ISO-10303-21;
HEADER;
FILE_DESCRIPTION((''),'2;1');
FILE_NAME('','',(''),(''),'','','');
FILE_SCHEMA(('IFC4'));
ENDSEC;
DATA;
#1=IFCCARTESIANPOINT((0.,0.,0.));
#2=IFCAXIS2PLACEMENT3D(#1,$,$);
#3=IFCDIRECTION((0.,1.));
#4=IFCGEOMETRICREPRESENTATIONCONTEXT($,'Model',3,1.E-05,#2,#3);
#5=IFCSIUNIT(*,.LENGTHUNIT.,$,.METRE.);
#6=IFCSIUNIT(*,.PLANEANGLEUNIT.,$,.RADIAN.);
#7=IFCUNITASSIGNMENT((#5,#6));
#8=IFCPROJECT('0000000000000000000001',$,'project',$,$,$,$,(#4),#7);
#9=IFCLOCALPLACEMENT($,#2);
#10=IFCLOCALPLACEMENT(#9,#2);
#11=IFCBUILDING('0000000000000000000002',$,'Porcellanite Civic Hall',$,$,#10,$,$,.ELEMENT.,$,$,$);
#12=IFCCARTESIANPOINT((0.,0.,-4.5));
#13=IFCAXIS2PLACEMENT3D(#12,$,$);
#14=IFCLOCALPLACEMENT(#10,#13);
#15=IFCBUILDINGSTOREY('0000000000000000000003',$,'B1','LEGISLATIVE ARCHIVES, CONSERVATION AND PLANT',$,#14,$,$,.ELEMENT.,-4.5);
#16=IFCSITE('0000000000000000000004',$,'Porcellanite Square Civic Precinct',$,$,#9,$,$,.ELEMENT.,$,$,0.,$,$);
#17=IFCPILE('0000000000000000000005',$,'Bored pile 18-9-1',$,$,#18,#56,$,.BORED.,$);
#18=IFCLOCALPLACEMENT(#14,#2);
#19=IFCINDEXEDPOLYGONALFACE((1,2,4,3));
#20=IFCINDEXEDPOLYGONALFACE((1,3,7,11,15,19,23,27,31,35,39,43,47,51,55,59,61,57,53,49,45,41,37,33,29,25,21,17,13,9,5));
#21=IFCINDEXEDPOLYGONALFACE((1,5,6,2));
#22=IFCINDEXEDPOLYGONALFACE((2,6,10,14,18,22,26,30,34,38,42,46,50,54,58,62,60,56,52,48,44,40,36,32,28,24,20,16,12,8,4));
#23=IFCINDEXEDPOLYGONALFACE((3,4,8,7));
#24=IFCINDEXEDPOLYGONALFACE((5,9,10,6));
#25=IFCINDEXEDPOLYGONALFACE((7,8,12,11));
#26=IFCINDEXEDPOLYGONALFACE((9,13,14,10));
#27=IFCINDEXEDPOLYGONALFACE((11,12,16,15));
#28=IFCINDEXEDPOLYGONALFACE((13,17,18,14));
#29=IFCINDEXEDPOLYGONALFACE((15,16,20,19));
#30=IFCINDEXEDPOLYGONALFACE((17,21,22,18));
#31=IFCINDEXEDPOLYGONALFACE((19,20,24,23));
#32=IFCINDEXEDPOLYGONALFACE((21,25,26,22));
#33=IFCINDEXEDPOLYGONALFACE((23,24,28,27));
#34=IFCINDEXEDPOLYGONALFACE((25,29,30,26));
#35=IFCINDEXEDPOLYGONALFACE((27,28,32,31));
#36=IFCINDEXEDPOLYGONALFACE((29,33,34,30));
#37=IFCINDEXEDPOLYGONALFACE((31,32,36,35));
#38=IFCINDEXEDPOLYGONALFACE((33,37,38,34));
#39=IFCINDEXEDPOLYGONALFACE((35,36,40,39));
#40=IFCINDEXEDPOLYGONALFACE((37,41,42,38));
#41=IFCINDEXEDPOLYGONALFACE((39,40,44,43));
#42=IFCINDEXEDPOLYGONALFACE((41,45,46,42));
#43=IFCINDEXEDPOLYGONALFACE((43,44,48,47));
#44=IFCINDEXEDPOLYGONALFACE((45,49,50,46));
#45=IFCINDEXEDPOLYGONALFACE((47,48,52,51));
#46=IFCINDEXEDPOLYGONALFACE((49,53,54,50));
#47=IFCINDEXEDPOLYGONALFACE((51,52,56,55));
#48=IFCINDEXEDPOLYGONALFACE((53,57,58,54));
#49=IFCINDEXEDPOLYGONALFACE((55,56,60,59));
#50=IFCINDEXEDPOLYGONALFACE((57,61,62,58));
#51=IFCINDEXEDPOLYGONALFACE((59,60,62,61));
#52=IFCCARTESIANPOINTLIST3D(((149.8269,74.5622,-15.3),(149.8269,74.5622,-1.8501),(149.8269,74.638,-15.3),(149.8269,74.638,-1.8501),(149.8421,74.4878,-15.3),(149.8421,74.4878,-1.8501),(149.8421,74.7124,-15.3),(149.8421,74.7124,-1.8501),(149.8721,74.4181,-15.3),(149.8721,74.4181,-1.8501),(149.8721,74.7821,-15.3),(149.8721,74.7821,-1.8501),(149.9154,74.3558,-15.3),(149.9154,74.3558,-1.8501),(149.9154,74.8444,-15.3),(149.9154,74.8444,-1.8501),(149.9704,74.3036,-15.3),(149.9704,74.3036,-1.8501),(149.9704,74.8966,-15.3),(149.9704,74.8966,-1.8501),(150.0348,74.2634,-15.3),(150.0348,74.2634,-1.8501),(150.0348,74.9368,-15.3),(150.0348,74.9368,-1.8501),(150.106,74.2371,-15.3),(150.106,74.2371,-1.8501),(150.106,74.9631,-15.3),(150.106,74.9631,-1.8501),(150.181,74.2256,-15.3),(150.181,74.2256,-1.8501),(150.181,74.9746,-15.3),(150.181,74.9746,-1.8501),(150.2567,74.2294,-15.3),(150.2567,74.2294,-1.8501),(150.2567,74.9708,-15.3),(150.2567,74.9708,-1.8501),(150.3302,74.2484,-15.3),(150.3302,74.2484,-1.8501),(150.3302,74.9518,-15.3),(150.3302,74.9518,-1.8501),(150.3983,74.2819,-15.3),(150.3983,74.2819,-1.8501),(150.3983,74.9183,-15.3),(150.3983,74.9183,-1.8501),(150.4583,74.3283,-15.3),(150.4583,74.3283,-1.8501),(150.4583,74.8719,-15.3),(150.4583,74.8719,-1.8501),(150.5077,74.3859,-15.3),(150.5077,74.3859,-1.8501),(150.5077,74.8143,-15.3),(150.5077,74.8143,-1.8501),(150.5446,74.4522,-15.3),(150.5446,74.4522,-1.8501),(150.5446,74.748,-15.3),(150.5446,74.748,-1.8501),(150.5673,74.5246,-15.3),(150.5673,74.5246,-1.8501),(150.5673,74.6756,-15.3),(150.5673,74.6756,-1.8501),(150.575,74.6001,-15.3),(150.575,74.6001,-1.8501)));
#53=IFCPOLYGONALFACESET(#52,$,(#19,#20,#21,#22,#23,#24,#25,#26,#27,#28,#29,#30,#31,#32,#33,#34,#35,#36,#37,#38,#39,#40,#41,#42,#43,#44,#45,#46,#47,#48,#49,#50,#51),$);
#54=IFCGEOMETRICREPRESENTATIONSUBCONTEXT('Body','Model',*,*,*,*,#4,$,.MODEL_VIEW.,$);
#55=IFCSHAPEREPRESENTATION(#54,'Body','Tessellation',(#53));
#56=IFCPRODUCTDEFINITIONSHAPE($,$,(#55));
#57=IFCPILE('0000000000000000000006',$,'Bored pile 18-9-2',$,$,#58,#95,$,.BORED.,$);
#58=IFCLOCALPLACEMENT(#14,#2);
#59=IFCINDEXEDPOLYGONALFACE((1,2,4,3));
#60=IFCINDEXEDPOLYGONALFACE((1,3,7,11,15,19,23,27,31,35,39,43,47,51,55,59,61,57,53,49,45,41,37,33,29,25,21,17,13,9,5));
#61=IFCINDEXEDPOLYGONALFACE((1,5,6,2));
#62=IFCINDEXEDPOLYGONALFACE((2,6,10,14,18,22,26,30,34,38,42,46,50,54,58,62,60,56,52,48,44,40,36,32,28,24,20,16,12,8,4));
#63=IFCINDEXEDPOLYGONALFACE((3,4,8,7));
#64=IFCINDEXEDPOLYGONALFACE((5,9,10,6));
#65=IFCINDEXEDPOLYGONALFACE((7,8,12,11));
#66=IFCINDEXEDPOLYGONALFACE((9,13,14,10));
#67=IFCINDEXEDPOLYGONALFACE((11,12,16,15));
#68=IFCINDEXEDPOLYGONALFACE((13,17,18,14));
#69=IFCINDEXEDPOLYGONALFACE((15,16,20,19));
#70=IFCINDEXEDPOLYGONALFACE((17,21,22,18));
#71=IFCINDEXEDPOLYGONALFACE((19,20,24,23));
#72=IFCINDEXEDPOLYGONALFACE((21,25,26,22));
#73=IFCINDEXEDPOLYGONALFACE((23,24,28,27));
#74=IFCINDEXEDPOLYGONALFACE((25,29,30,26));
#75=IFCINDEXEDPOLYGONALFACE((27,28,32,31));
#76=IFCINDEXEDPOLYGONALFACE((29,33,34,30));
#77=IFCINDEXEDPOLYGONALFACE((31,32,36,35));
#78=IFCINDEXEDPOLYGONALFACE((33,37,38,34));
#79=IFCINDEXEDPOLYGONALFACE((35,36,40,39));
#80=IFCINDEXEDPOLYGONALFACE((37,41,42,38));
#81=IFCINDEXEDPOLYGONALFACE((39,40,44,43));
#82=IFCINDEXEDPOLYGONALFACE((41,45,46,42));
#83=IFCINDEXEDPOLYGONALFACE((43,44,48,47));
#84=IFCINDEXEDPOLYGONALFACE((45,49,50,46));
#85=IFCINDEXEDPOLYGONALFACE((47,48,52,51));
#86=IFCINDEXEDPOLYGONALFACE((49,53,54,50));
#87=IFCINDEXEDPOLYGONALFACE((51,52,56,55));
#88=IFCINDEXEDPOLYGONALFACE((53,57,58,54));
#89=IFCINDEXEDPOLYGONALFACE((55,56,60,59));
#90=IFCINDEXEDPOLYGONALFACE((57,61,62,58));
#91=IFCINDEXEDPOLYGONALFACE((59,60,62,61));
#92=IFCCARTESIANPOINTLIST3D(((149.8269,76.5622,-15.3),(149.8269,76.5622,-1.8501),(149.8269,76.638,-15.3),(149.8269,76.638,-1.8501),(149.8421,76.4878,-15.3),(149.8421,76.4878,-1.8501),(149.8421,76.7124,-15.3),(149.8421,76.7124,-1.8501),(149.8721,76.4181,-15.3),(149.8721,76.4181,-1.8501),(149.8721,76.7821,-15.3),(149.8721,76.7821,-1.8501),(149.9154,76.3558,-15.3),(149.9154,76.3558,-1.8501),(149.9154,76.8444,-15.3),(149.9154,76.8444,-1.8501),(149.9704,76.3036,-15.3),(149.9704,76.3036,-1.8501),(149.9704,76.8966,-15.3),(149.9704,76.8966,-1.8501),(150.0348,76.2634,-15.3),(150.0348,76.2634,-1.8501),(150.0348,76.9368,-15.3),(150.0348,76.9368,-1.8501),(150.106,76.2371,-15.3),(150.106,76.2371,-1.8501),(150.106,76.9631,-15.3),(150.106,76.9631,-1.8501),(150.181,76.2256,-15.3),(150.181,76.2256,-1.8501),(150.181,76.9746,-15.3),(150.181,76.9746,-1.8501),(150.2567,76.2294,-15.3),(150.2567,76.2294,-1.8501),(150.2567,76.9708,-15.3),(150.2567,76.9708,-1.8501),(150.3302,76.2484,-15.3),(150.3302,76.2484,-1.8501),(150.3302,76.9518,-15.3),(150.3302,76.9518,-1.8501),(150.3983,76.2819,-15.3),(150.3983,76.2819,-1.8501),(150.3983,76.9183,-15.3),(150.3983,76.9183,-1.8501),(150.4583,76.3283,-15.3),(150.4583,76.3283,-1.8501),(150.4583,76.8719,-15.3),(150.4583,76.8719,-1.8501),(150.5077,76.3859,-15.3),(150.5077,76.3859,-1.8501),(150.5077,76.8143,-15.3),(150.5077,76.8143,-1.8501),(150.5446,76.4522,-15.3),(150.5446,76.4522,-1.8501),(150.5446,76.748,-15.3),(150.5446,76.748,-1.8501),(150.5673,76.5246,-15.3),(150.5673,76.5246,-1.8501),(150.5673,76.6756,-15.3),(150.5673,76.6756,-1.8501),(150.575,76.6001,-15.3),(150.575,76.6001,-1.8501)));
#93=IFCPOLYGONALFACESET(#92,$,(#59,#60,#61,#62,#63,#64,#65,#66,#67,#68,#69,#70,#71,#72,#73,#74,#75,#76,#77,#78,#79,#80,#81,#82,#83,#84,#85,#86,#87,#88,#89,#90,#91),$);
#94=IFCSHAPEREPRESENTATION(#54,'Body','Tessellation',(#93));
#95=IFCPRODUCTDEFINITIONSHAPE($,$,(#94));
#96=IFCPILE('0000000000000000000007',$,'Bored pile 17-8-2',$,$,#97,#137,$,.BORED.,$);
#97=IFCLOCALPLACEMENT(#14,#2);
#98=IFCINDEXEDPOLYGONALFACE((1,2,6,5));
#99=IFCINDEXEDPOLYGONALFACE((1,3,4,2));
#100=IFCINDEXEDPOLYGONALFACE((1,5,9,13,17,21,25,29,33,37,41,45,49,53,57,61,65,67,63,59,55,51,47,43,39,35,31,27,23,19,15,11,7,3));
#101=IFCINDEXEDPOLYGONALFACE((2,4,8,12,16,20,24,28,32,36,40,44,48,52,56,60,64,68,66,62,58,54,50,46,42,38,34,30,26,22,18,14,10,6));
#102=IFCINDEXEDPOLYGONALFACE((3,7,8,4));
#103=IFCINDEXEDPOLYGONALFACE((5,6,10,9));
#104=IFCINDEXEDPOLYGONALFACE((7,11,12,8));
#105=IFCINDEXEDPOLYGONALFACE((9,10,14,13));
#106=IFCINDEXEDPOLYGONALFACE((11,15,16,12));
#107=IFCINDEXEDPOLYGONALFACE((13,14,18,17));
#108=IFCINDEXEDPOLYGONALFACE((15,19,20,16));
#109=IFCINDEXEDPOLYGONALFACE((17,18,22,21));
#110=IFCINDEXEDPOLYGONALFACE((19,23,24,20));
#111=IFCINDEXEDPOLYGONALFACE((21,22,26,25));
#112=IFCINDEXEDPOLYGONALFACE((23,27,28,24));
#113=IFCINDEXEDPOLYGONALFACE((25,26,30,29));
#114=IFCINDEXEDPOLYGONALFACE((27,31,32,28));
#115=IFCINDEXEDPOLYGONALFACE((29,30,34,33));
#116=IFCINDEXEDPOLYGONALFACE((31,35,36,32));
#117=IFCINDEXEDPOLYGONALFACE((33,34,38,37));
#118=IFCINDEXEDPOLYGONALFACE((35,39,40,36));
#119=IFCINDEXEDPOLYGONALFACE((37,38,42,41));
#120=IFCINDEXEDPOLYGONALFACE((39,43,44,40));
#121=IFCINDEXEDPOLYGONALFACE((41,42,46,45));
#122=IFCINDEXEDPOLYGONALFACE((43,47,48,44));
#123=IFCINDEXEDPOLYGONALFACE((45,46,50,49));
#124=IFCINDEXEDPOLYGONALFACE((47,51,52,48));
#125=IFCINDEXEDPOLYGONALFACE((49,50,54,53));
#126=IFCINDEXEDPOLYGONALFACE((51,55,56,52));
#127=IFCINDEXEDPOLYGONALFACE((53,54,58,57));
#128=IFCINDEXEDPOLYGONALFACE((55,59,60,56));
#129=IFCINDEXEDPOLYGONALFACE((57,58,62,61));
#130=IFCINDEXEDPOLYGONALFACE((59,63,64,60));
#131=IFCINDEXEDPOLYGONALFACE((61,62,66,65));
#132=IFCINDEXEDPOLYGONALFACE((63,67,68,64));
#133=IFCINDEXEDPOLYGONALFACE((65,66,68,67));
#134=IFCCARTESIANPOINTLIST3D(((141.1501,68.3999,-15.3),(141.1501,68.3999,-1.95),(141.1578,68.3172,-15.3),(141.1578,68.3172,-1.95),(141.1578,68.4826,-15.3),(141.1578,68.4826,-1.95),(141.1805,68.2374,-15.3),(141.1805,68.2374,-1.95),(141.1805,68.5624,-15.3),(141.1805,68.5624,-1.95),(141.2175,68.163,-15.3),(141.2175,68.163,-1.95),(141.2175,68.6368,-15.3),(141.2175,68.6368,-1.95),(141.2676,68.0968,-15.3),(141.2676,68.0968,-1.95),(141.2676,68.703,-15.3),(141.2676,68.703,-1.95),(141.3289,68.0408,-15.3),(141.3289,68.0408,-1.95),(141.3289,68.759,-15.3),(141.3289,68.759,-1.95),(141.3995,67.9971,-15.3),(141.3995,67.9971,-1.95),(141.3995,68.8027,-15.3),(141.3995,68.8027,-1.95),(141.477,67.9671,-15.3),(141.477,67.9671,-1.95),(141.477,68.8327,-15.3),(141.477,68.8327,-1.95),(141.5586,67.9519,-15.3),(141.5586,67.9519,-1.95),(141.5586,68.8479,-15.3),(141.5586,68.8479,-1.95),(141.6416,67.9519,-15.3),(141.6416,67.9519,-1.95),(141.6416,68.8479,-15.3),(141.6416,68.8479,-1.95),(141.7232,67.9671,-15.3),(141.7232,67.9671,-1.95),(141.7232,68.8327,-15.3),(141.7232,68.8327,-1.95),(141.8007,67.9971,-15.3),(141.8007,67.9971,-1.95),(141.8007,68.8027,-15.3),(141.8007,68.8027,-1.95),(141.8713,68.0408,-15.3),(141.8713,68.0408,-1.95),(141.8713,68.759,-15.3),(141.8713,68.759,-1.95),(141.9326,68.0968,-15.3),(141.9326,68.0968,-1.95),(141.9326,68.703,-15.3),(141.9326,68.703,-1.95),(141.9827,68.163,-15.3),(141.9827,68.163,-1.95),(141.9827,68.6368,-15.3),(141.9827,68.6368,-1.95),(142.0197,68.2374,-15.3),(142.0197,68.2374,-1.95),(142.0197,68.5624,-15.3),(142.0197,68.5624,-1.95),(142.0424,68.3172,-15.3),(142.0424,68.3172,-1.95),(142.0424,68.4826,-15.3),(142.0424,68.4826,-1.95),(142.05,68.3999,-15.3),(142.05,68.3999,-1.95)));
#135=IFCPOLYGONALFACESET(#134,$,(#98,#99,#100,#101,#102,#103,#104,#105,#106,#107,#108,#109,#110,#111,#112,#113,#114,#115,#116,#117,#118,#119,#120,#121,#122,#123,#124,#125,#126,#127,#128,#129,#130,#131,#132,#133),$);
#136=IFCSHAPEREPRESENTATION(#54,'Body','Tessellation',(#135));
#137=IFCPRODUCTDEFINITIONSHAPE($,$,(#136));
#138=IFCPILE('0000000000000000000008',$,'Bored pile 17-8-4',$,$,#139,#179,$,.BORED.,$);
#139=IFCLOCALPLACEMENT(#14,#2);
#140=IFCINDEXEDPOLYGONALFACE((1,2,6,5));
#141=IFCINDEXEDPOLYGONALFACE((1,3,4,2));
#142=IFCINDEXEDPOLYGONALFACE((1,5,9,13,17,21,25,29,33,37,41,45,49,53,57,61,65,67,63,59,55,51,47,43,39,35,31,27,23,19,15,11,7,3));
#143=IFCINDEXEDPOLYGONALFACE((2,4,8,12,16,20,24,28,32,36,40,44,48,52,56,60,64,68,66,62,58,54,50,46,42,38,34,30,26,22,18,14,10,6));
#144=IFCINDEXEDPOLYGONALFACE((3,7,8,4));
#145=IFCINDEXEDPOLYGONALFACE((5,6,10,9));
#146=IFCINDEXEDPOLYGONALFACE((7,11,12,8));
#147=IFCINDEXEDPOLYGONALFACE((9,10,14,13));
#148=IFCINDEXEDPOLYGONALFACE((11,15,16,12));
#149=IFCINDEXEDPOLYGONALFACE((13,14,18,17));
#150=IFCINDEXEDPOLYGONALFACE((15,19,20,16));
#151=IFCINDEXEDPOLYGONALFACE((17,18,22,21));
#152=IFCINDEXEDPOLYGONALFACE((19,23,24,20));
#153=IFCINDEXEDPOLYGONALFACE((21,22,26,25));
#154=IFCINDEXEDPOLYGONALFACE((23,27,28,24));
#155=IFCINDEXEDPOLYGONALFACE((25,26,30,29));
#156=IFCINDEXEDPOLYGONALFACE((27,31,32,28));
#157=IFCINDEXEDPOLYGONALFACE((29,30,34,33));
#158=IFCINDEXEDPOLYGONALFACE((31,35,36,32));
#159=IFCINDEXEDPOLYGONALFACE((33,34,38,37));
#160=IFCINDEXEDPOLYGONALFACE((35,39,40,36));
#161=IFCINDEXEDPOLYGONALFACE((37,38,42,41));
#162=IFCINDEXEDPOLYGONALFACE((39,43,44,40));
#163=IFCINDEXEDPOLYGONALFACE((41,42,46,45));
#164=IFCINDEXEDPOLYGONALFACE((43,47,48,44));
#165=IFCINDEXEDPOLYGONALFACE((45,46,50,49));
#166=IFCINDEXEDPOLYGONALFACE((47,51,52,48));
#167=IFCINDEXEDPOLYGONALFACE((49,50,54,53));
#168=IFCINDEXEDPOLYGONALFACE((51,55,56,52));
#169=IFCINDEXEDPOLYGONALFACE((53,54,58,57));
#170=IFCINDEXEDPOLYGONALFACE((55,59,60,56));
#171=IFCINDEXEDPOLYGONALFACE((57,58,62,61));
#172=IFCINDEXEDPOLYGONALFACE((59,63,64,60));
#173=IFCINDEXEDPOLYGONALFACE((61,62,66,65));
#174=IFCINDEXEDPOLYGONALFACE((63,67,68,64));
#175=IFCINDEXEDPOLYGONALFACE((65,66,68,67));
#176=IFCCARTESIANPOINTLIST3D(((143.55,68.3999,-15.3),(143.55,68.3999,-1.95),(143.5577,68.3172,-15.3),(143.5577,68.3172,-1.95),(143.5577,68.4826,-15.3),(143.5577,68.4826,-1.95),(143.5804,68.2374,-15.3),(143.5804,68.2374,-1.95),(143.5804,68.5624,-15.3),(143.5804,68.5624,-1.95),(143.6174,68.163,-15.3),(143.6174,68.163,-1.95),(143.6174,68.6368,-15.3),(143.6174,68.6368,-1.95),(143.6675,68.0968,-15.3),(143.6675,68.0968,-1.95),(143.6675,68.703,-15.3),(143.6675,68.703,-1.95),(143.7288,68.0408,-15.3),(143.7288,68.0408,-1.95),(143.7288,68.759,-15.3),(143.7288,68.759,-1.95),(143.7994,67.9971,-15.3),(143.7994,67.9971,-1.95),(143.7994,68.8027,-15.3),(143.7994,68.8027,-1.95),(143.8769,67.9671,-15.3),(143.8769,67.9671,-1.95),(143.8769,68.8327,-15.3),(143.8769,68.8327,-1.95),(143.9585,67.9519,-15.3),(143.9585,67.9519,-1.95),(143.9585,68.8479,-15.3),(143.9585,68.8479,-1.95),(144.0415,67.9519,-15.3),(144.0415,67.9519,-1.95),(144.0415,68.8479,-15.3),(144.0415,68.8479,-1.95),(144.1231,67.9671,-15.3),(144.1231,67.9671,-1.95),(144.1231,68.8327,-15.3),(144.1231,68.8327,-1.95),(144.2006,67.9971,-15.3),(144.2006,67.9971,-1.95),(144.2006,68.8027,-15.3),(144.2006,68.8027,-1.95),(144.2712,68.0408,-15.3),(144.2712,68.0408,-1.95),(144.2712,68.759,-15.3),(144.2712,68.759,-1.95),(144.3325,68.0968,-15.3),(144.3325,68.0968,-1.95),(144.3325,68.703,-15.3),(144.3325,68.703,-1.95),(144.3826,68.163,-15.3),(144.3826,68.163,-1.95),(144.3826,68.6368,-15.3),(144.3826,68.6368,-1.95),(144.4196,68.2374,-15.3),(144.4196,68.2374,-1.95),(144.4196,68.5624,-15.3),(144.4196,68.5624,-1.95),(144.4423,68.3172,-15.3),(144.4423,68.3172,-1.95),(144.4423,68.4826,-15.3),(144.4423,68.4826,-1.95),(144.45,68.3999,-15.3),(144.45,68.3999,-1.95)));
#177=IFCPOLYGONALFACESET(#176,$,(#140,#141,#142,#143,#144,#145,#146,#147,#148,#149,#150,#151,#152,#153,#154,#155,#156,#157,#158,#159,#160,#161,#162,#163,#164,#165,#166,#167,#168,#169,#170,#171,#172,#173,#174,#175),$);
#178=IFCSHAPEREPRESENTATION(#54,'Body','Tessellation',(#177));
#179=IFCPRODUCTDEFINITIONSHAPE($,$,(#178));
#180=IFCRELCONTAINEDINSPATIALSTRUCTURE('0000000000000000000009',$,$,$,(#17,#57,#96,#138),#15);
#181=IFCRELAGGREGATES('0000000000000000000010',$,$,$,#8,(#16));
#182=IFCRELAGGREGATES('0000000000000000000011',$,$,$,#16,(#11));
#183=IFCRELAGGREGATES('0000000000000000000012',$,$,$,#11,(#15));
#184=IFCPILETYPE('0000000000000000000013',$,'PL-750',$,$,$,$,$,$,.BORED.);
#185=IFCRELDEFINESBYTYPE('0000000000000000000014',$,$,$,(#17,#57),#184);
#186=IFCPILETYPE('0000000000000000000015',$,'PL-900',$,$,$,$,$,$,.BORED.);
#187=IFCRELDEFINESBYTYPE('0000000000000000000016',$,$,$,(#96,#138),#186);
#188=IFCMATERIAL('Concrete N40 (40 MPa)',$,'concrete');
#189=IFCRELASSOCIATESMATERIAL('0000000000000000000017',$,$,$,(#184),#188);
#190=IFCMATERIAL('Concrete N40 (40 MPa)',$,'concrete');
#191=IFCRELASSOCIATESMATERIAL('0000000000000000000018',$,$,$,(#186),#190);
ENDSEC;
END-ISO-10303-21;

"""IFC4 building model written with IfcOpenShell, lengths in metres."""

from ifc_helpers import new_model, si_unit, direction, frame, origin, origin_2d, place, context, subcontext, project, spatial, circle, extrude, material, material_profile, profile_set, type_object, element, save


model = new_model("IFC4")

# Units and contexts
model_context = context("Model", 3, precision=1e-05, world=origin(), true_north=direction((0.0, 1.0)))
body_context = subcontext(model_context, "Body", "Model", "MODEL_VIEW")
ifc_project = project(units=[si_unit("LENGTHUNIT", "METRE"), si_unit("PLANEANGLEUNIT", "RADIAN")], contexts=[model_context])

# Site, building, storey
site_placement = place(None, origin())
site = spatial("IfcSite", under=ifc_project, at=site_placement, Name="Porcellanite Square Civic Precinct", CompositionType="ELEMENT", RefElevation=0.0)
building_placement = place(site_placement, origin())
building = spatial("IfcBuilding", under=site, at=building_placement, Name="Porcellanite Civic Hall", CompositionType="ELEMENT")
storey_placement = place(building_placement, frame((0.0, 0.0, -4.5)))
storey = spatial("IfcBuildingStorey", under=building, at=storey_placement, Name="B1", Description="LEGISLATIVE ARCHIVES, CONSERVATION AND PLANT", CompositionType="ELEMENT", Elevation=-4.5)

# Piles
ifc_material_1 = material(Name="Concrete N40 (40 MPa)", Category="concrete")
ifc_material_profile_1 = material_profile(ifc_material_1, circle(Radius=0.375, at=origin_2d()), Name="PILE-D750")
ifc_profile_set_1 = profile_set([ifc_material_profile_1], Name="Concrete N40 (40 MPa)")
pile_type_1 = type_object("IfcPileType", Name="PL-750", PredefinedType="BORED", material=ifc_profile_set_1)
for number, where, z_axis, x_axis, name in (
    (1, (150.2, 74.6001, -1.8501), (0.0, 0.0, -1.0), (1.0, 0.0, 0.0), "Bored pile 18-9-1"),
    (2, (150.2, 76.6001, -1.8501), (0.0, 0.0, -1.0), (1.0, 0.0, 0.0), "Bored pile 18-9-2"),
):
    element("IfcPile", number, at=place(storey_placement, frame(where, z_axis=z_axis, x_axis=x_axis)), inside=storey, type_object=pile_type_1, Name=name, PredefinedType="BORED", context=body_context, shape_type="SweptSolid", body=[
        extrude(circle(Radius=0.375, at=origin_2d()), origin(), (0.0, 0.0, 1.0), 13.45),
    ])
ifc_material_2 = material(Name="Concrete N40 (40 MPa)", Category="concrete")
ifc_material_profile_2 = material_profile(ifc_material_2, circle(Radius=0.45, at=origin_2d()), Name="PILE-D900")
ifc_profile_set_2 = profile_set([ifc_material_profile_2], Name="Concrete N40 (40 MPa)")
pile_type_2 = type_object("IfcPileType", Name="PL-900", PredefinedType="BORED", material=ifc_profile_set_2)
for number, where, z_axis, x_axis, name in (
    (3, (141.6001, 68.3999, -1.95), (0.0, 0.0, -1.0), (1.0, 0.0, 0.0), "Bored pile 17-8-2"),
    (4, (144.0, 68.3999, -1.95), (0.0, 0.0, -1.0), (1.0, 0.0, 0.0), "Bored pile 17-8-4"),
):
    element("IfcPile", number, at=place(storey_placement, frame(where, z_axis=z_axis, x_axis=x_axis)), inside=storey, type_object=pile_type_2, Name=name, PredefinedType="BORED", context=body_context, shape_type="SweptSolid", body=[
        extrude(circle(Radius=0.45, at=origin_2d()), origin(), (0.0, 0.0, 1.0), 13.3501),
    ])

save(model, "model.ifc")
